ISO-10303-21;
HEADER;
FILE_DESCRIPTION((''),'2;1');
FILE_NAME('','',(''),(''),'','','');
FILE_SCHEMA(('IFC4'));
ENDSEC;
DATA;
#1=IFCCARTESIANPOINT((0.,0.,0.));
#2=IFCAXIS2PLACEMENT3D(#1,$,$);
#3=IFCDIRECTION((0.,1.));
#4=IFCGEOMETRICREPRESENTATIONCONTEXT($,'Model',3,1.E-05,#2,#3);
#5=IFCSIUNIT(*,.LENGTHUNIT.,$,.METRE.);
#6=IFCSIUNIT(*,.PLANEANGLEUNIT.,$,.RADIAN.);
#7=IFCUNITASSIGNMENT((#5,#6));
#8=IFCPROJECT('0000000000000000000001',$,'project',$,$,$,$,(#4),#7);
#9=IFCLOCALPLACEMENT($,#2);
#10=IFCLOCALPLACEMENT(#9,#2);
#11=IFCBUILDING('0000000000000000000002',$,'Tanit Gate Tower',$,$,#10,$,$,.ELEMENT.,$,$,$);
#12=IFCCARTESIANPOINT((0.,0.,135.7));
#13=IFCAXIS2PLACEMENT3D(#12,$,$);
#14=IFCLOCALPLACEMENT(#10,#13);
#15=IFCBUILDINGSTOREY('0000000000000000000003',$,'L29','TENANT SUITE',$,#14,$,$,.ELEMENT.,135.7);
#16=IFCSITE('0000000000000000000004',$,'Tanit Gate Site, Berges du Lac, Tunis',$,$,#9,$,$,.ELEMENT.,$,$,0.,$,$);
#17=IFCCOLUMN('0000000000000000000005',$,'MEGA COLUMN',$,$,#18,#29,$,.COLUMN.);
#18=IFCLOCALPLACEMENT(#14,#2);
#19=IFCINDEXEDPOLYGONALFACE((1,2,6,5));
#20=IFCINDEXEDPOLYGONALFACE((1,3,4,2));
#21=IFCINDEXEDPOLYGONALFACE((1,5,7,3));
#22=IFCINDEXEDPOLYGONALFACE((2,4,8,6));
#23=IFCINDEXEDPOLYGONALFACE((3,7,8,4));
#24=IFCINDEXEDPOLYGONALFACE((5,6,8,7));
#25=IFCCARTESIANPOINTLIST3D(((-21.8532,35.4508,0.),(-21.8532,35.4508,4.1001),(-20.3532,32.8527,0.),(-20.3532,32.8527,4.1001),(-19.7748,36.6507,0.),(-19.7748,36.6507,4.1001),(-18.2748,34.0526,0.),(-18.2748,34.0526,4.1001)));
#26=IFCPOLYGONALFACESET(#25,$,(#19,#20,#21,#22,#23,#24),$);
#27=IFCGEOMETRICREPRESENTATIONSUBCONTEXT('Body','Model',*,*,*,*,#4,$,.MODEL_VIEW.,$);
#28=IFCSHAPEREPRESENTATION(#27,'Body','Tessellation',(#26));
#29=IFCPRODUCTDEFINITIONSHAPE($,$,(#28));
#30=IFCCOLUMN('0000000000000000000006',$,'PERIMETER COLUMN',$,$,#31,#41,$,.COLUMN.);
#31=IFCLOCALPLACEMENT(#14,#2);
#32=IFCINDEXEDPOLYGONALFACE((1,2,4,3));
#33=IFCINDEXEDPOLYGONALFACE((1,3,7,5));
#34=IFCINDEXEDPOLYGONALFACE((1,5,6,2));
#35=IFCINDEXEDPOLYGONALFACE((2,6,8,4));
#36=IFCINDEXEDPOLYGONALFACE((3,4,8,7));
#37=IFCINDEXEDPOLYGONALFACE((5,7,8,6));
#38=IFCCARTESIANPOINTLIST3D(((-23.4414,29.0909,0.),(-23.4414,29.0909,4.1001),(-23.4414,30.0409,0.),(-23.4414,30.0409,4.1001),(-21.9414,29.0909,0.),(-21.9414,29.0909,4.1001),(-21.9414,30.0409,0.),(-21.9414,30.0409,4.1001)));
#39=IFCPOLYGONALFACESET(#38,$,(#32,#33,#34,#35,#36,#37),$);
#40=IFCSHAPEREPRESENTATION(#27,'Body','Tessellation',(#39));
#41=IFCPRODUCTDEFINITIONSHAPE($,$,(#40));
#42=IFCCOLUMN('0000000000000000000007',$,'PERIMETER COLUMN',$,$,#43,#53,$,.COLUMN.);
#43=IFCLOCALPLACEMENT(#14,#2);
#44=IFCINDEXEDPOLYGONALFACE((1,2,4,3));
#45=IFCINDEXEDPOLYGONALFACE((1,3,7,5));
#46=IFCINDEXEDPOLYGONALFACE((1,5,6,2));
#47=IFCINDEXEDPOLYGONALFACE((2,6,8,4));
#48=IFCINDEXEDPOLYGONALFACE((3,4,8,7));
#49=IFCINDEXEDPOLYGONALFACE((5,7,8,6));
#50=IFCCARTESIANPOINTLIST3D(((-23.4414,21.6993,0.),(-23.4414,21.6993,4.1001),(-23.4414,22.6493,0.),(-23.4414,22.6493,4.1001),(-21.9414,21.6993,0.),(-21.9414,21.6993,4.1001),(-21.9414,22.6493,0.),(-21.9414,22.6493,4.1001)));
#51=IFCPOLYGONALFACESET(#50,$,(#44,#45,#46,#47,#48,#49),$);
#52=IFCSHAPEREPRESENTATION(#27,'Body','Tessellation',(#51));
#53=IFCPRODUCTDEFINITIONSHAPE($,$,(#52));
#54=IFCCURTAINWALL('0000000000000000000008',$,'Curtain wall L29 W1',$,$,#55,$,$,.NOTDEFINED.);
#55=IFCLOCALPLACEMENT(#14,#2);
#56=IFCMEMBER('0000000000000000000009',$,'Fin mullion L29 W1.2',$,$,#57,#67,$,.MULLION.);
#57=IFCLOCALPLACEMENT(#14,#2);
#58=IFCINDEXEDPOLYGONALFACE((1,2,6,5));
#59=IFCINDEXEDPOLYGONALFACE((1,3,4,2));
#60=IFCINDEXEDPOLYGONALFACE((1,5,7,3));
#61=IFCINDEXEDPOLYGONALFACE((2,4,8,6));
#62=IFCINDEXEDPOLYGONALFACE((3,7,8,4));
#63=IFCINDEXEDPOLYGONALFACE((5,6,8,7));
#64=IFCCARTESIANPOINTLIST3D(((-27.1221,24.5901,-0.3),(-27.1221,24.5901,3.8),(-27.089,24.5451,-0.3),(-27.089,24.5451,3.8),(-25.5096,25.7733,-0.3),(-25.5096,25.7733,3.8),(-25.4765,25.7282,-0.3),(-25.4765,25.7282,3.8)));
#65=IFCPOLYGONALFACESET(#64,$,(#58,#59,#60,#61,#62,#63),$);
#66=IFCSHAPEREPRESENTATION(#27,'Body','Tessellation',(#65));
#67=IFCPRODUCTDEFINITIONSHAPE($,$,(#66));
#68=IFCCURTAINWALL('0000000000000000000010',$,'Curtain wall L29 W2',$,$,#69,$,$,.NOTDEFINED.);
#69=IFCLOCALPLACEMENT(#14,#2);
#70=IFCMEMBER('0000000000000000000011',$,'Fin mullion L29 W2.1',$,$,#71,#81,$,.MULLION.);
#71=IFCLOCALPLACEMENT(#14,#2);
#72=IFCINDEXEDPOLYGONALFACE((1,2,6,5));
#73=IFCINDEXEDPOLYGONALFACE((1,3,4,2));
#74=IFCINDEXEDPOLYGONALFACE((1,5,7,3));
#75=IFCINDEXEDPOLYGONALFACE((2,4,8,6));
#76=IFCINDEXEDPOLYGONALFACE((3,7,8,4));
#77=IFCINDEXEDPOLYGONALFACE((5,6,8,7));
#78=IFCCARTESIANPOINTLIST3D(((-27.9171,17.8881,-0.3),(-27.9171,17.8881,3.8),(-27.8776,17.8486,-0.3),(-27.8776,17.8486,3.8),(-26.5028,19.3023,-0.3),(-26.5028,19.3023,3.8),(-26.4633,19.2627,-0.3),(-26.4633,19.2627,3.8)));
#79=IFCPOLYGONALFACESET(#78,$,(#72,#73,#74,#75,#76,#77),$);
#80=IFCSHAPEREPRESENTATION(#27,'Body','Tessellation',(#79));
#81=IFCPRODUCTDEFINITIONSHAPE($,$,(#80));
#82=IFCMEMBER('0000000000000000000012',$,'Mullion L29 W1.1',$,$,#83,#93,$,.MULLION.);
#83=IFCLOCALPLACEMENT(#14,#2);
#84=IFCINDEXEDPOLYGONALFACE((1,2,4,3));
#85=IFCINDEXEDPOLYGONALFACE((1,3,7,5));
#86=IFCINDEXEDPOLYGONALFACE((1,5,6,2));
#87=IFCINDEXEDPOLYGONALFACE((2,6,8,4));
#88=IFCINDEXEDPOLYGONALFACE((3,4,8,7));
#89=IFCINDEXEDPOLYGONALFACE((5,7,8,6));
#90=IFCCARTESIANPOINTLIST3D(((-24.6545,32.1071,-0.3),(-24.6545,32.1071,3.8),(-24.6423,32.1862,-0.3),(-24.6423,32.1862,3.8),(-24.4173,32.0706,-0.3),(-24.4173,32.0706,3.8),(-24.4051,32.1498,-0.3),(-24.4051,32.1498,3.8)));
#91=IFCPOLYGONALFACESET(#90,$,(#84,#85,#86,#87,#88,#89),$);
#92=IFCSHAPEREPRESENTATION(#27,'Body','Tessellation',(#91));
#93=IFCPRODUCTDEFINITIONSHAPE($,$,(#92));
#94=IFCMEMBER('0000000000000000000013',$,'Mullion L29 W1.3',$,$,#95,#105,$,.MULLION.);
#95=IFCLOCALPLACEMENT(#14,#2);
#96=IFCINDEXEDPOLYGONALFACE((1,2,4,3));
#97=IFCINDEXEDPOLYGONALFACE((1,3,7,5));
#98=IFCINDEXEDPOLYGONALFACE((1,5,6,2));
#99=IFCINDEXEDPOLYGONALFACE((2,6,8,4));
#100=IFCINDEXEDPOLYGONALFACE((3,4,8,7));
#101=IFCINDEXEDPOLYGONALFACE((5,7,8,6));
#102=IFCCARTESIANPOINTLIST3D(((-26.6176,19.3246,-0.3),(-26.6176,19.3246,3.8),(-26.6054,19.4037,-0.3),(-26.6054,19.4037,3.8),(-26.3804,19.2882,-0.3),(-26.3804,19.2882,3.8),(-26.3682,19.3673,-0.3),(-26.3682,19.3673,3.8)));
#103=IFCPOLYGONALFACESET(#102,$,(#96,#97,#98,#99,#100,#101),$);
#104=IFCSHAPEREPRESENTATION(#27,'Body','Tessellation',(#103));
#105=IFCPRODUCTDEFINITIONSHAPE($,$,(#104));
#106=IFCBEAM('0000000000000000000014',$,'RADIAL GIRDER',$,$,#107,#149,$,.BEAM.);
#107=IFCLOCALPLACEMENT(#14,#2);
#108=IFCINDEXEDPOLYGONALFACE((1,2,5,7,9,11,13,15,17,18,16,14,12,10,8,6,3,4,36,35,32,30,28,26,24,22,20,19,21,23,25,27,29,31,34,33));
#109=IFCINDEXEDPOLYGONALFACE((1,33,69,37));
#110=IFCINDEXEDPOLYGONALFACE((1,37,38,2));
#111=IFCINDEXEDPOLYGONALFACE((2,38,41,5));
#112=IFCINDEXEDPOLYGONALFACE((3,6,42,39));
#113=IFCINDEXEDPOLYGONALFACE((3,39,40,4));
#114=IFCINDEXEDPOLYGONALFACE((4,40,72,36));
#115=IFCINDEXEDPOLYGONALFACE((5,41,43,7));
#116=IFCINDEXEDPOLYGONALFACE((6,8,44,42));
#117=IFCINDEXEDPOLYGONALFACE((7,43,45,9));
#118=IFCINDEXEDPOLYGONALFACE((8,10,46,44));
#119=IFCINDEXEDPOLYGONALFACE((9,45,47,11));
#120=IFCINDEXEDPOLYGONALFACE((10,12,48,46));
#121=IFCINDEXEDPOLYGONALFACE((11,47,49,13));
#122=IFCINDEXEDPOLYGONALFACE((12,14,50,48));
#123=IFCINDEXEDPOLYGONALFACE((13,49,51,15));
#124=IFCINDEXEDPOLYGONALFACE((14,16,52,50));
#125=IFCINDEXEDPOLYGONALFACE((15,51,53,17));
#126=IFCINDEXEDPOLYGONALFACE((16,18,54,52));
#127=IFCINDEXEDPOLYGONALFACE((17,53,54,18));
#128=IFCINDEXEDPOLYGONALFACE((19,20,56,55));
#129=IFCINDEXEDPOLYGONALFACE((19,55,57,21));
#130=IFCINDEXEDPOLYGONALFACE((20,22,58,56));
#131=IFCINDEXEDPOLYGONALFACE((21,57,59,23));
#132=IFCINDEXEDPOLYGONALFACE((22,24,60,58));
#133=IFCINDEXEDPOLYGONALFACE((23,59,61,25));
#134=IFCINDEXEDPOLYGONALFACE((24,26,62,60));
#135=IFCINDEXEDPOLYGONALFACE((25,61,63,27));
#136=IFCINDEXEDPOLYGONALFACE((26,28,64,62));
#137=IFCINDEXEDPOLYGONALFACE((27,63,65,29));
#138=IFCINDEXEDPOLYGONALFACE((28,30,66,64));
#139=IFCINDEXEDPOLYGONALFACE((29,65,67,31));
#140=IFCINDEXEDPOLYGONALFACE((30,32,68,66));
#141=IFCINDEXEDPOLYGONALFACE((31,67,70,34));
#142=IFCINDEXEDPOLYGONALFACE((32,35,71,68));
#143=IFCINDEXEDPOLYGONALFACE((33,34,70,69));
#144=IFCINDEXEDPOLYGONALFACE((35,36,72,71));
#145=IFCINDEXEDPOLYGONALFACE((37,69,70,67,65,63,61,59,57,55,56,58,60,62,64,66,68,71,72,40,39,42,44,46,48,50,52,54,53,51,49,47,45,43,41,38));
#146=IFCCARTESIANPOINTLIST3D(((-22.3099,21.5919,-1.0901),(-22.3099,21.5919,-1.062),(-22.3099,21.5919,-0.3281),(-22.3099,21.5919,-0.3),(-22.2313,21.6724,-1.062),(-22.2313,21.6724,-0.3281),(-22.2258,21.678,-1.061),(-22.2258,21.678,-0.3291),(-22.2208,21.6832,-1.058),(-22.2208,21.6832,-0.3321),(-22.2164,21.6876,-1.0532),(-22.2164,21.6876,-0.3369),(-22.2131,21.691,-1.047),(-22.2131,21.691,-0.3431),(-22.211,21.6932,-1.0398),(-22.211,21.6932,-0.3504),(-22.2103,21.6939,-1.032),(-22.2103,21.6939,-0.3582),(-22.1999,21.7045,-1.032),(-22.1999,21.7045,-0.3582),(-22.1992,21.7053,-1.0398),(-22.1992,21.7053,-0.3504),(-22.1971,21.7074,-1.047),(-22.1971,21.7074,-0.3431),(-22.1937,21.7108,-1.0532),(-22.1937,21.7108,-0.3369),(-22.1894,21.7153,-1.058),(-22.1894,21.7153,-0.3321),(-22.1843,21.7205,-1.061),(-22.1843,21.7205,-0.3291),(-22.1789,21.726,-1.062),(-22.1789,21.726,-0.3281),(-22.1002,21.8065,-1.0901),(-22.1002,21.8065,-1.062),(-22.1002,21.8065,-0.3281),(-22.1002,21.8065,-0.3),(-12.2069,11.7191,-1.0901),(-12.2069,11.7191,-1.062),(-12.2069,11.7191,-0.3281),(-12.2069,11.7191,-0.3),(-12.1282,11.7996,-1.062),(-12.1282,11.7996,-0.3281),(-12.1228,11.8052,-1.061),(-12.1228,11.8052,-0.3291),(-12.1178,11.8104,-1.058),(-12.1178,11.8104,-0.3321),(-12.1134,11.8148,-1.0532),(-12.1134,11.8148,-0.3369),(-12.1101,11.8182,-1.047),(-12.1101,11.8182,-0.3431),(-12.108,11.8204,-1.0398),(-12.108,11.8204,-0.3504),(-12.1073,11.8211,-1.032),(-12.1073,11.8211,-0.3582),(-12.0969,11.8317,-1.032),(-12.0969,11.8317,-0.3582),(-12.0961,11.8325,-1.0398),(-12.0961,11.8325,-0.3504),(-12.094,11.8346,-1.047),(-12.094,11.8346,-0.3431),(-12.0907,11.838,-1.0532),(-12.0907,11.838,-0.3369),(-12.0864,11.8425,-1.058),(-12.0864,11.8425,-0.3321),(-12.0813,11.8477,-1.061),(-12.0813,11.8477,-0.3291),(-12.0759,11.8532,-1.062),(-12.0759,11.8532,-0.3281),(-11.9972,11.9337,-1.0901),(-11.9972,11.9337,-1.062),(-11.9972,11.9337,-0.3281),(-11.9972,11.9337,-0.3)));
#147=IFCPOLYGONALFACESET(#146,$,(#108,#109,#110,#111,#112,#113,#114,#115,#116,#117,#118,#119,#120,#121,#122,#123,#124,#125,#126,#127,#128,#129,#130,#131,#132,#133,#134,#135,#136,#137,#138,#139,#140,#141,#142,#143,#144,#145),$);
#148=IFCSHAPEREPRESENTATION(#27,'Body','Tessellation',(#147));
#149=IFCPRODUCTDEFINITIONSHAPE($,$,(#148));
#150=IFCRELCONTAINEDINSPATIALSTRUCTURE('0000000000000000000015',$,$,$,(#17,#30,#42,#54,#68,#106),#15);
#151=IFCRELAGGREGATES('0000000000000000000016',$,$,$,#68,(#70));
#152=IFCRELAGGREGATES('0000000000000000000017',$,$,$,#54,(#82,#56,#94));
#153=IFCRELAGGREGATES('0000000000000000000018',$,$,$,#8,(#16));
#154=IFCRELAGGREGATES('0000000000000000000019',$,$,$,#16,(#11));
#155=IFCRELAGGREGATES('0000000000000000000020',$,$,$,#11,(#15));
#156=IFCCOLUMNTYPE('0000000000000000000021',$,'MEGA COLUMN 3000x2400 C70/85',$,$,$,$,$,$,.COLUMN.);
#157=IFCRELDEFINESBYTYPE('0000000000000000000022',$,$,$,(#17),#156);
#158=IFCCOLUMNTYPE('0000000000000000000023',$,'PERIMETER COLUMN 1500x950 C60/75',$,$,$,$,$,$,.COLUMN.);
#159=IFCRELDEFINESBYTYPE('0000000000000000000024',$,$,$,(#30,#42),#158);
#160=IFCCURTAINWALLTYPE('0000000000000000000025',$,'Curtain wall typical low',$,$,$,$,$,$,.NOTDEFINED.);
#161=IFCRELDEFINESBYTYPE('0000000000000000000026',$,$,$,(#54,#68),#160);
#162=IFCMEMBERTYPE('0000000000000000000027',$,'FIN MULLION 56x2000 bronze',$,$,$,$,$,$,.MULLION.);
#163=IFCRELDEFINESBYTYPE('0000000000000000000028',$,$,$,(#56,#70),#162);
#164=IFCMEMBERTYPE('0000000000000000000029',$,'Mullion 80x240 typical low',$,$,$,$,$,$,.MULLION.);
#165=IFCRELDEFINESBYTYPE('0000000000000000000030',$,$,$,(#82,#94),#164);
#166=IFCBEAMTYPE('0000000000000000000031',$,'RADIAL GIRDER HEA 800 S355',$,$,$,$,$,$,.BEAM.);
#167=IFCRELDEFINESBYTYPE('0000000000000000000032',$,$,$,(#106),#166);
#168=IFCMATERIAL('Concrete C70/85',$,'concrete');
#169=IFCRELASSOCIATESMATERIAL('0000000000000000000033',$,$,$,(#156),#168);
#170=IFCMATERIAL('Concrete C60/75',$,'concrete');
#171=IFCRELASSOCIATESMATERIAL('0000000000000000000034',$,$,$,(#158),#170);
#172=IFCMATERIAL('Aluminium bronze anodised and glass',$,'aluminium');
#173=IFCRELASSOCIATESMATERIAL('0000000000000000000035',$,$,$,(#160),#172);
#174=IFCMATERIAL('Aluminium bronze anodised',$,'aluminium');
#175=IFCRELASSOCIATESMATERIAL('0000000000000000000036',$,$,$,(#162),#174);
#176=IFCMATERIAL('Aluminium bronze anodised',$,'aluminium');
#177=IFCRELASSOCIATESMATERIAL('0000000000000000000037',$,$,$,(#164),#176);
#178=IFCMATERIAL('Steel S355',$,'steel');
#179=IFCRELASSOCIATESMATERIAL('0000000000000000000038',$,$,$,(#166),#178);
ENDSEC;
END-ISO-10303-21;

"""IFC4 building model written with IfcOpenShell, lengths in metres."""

from ifc_helpers import new_model, si_unit, direction, frame, origin, origin_2d, place, context, subcontext, project, spatial, rectangle, i_section, extrude, material, material_profile, profile_set, type_object, element, aggregate, save


model = new_model("IFC4")

# Units and contexts
model_context = context("Model", 3, precision=1e-05, world=origin(), true_north=direction((0.0, 1.0)))
body_context = subcontext(model_context, "Body", "Model", "MODEL_VIEW")
ifc_project = project(units=[si_unit("LENGTHUNIT", "METRE"), si_unit("PLANEANGLEUNIT", "RADIAN")], contexts=[model_context])

# Site, building, storey
site_placement = place(None, origin())
site = spatial("IfcSite", under=ifc_project, at=site_placement, Name="Tanit Gate Site, Berges du Lac, Tunis", CompositionType="ELEMENT", RefElevation=0.0)
building_placement = place(site_placement, origin())
building = spatial("IfcBuilding", under=site, at=building_placement, Name="Tanit Gate Tower", CompositionType="ELEMENT")
storey_placement = place(building_placement, frame((0.0, 0.0, 135.7)))
storey = spatial("IfcBuildingStorey", under=building, at=storey_placement, Name="L29", Description="TENANT SUITE", CompositionType="ELEMENT", Elevation=135.7)

# Columns
ifc_material_1 = material(Name="Concrete C70/85", Category="concrete")
ifc_material_profile_1 = material_profile(ifc_material_1, rectangle(XDim=3.0, YDim=2.3999, at=origin_2d()), Name="RC 3000x2400")
ifc_profile_set_1 = profile_set([ifc_material_profile_1], Name="Concrete C70/85")
column_type_1 = type_object("IfcColumnType", Name="MEGA COLUMN 3000x2400 C70/85", PredefinedType="COLUMN", material=ifc_profile_set_1)
column_placement = place(storey_placement, frame((-20.064, 34.7517, 0.0), z_axis=(0.0, 0.0, 1.0), x_axis=(-0.5, 0.866025, 0.0)))
element("IfcColumn", 1, at=column_placement, inside=storey, type_object=column_type_1, Name="MEGA COLUMN", PredefinedType="COLUMN", context=body_context, shape_type="SweptSolid", body=[
    extrude(rectangle(XDim=3.0, YDim=2.3999, at=origin_2d()), origin(), (0.0, 0.0, 1.0), 4.1001),
])
ifc_material_2 = material(Name="Concrete C60/75", Category="concrete")
ifc_material_profile_2 = material_profile(ifc_material_2, rectangle(XDim=1.5, YDim=0.95, at=origin_2d()), Name="RC 1500x950")
ifc_profile_set_2 = profile_set([ifc_material_profile_2], Name="Concrete C60/75")
column_type_2 = type_object("IfcColumnType", Name="PERIMETER COLUMN 1500x950 C60/75", PredefinedType="COLUMN", material=ifc_profile_set_2)
for number, where, z_axis, x_axis, name in (
    (2, (-22.6914, 29.5659, 0.0), (0.0, 0.0, 1.0), (-1.0, 0.0, 0.0), "PERIMETER COLUMN"),
    (3, (-22.6914, 22.1743, 0.0), (0.0, 0.0, 1.0), (-1.0, 0.0, 0.0), "PERIMETER COLUMN"),
):
    element("IfcColumn", number, at=place(storey_placement, frame(where, z_axis=z_axis, x_axis=x_axis)), inside=storey, type_object=column_type_2, Name=name, PredefinedType="COLUMN", context=body_context, shape_type="SweptSolid", body=[
        extrude(rectangle(XDim=1.5, YDim=0.95, at=origin_2d()), origin(), (0.0, 0.0, 1.0), 4.1001),
    ])

# Curtain walls, members
ifc_material_3 = material(Name="Aluminium bronze anodised and glass", Category="aluminium")
curtain_wall_type = type_object("IfcCurtainWallType", Name="Curtain wall typical low", PredefinedType="NOTDEFINED", material=ifc_material_3)
curtain_wall_1_placement = place(storey_placement, origin())
curtain_wall_1 = element("IfcCurtainWall", 4, at=curtain_wall_1_placement, inside=storey, type_object=curtain_wall_type, Name="Curtain wall L29 W1", PredefinedType="NOTDEFINED")
ifc_material_4 = material(Name="Aluminium bronze anodised", Category="aluminium")
ifc_material_profile_3 = material_profile(ifc_material_4, rectangle(XDim=2.0, YDim=0.0559, at=origin_2d()), Name="56x2000 bronze fin mullion")
ifc_profile_set_3 = profile_set([ifc_material_profile_3], Name="Aluminium bronze anodised")
member_type_1 = type_object("IfcMemberType", Name="FIN MULLION 56x2000 bronze", PredefinedType="MULLION", material=ifc_profile_set_3)
member_1_placement = place(storey_placement, frame((-26.2993, 25.1592, -0.3), z_axis=(0.0, 0.0, 1.0), x_axis=(0.806255, 0.591568, 0.0)))
member_1 = element("IfcMember", 5, at=member_1_placement, type_object=member_type_1, Name="Fin mullion L29 W1.2", PredefinedType="MULLION", context=body_context, shape_type="SweptSolid", body=[
    extrude(rectangle(XDim=2.0, YDim=0.0559, at=origin_2d()), origin(), (0.0, 0.0, 1.0), 4.1001),
])
curtain_wall_2_placement = place(storey_placement, origin())
curtain_wall_2 = element("IfcCurtainWall", 6, at=curtain_wall_2_placement, inside=storey, type_object=curtain_wall_type, Name="Curtain wall L29 W2", PredefinedType="NOTDEFINED")
member_2_placement = place(storey_placement, frame((-27.1902, 18.5754, -0.3), z_axis=(0.0, 0.0, 1.0), x_axis=(0.707156, 0.707058, 0.0)))
member_2 = element("IfcMember", 7, at=member_2_placement, type_object=member_type_1, Name="Fin mullion L29 W2.1", PredefinedType="MULLION", context=body_context, shape_type="SweptSolid", body=[
    extrude(rectangle(XDim=2.0, YDim=0.0559, at=origin_2d()), origin(), (0.0, 0.0, 1.0), 4.1001),
])

# Members
ifc_material_5 = material(Name="Aluminium bronze anodised", Category="aluminium")
ifc_material_profile_4 = material_profile(ifc_material_5, rectangle(XDim=0.24, YDim=0.0801, at=origin_2d()), Name="80x240 bronze mullion")
ifc_profile_set_4 = profile_set([ifc_material_profile_4], Name="Aluminium bronze anodised")
member_type_2 = type_object("IfcMemberType", Name="Mullion 80x240 typical low", PredefinedType="MULLION", material=ifc_profile_set_4)
member_3_placement = place(storey_placement, frame((-24.5298, 32.1284, -0.3), z_axis=(0.0, 0.0, 1.0), x_axis=(0.98841, -0.151807, 0.0)))
member_3 = element("IfcMember", 8, at=member_3_placement, type_object=member_type_2, Name="Mullion L29 W1.1", PredefinedType="MULLION", context=body_context, shape_type="SweptSolid", body=[
    extrude(rectangle(XDim=0.24, YDim=0.0801, at=origin_2d()), origin(), (0.0, 0.0, 1.0), 4.1001),
])
member_4_placement = place(storey_placement, frame((-26.4929, 19.3459, -0.3), z_axis=(0.0, 0.0, 1.0), x_axis=(0.98841, -0.151807, 0.0)))
member_4 = element("IfcMember", 9, at=member_4_placement, type_object=member_type_2, Name="Mullion L29 W1.3", PredefinedType="MULLION", context=body_context, shape_type="SweptSolid", body=[
    extrude(rectangle(XDim=0.24, YDim=0.0801, at=origin_2d()), origin(), (0.0, 0.0, 1.0), 4.1001),
])

# Beam
ifc_material_6 = material(Name="Steel S355", Category="steel")
ifc_material_profile_5 = material_profile(ifc_material_6, i_section(OverallWidth=0.3, OverallDepth=0.79, WebThickness=0.0149, FlangeThickness=0.0281, FilletRadius=0.03, at=origin_2d()), Name="HEA 800")
ifc_profile_set_5 = profile_set([ifc_material_profile_5], Name="Steel S355")
beam_type_1 = type_object("IfcBeamType", Name="RADIAL GIRDER HEA 800 S355", PredefinedType="BEAM", material=ifc_profile_set_5)
beam_1_placement = place(storey_placement, frame((-22.2051, 21.6992, -0.6951), z_axis=(0.715209, -0.698911, 0.0), x_axis=(0.698911, 0.715209, 0.0)))
element("IfcBeam", 10, at=beam_1_placement, inside=storey, type_object=beam_type_1, Name="RADIAL GIRDER", PredefinedType="BEAM", context=body_context, shape_type="SweptSolid", body=[
    extrude(i_section(OverallWidth=0.3, OverallDepth=0.79, WebThickness=0.0149, FlangeThickness=0.0281, FilletRadius=0.03, at=origin_2d()), origin(), (0.0, 0.0, 1.0), 14.126),
])

aggregate(curtain_wall_2, [member_2])

aggregate(curtain_wall_1, [member_3, member_1, member_4])

save(model, "model.ifc")
